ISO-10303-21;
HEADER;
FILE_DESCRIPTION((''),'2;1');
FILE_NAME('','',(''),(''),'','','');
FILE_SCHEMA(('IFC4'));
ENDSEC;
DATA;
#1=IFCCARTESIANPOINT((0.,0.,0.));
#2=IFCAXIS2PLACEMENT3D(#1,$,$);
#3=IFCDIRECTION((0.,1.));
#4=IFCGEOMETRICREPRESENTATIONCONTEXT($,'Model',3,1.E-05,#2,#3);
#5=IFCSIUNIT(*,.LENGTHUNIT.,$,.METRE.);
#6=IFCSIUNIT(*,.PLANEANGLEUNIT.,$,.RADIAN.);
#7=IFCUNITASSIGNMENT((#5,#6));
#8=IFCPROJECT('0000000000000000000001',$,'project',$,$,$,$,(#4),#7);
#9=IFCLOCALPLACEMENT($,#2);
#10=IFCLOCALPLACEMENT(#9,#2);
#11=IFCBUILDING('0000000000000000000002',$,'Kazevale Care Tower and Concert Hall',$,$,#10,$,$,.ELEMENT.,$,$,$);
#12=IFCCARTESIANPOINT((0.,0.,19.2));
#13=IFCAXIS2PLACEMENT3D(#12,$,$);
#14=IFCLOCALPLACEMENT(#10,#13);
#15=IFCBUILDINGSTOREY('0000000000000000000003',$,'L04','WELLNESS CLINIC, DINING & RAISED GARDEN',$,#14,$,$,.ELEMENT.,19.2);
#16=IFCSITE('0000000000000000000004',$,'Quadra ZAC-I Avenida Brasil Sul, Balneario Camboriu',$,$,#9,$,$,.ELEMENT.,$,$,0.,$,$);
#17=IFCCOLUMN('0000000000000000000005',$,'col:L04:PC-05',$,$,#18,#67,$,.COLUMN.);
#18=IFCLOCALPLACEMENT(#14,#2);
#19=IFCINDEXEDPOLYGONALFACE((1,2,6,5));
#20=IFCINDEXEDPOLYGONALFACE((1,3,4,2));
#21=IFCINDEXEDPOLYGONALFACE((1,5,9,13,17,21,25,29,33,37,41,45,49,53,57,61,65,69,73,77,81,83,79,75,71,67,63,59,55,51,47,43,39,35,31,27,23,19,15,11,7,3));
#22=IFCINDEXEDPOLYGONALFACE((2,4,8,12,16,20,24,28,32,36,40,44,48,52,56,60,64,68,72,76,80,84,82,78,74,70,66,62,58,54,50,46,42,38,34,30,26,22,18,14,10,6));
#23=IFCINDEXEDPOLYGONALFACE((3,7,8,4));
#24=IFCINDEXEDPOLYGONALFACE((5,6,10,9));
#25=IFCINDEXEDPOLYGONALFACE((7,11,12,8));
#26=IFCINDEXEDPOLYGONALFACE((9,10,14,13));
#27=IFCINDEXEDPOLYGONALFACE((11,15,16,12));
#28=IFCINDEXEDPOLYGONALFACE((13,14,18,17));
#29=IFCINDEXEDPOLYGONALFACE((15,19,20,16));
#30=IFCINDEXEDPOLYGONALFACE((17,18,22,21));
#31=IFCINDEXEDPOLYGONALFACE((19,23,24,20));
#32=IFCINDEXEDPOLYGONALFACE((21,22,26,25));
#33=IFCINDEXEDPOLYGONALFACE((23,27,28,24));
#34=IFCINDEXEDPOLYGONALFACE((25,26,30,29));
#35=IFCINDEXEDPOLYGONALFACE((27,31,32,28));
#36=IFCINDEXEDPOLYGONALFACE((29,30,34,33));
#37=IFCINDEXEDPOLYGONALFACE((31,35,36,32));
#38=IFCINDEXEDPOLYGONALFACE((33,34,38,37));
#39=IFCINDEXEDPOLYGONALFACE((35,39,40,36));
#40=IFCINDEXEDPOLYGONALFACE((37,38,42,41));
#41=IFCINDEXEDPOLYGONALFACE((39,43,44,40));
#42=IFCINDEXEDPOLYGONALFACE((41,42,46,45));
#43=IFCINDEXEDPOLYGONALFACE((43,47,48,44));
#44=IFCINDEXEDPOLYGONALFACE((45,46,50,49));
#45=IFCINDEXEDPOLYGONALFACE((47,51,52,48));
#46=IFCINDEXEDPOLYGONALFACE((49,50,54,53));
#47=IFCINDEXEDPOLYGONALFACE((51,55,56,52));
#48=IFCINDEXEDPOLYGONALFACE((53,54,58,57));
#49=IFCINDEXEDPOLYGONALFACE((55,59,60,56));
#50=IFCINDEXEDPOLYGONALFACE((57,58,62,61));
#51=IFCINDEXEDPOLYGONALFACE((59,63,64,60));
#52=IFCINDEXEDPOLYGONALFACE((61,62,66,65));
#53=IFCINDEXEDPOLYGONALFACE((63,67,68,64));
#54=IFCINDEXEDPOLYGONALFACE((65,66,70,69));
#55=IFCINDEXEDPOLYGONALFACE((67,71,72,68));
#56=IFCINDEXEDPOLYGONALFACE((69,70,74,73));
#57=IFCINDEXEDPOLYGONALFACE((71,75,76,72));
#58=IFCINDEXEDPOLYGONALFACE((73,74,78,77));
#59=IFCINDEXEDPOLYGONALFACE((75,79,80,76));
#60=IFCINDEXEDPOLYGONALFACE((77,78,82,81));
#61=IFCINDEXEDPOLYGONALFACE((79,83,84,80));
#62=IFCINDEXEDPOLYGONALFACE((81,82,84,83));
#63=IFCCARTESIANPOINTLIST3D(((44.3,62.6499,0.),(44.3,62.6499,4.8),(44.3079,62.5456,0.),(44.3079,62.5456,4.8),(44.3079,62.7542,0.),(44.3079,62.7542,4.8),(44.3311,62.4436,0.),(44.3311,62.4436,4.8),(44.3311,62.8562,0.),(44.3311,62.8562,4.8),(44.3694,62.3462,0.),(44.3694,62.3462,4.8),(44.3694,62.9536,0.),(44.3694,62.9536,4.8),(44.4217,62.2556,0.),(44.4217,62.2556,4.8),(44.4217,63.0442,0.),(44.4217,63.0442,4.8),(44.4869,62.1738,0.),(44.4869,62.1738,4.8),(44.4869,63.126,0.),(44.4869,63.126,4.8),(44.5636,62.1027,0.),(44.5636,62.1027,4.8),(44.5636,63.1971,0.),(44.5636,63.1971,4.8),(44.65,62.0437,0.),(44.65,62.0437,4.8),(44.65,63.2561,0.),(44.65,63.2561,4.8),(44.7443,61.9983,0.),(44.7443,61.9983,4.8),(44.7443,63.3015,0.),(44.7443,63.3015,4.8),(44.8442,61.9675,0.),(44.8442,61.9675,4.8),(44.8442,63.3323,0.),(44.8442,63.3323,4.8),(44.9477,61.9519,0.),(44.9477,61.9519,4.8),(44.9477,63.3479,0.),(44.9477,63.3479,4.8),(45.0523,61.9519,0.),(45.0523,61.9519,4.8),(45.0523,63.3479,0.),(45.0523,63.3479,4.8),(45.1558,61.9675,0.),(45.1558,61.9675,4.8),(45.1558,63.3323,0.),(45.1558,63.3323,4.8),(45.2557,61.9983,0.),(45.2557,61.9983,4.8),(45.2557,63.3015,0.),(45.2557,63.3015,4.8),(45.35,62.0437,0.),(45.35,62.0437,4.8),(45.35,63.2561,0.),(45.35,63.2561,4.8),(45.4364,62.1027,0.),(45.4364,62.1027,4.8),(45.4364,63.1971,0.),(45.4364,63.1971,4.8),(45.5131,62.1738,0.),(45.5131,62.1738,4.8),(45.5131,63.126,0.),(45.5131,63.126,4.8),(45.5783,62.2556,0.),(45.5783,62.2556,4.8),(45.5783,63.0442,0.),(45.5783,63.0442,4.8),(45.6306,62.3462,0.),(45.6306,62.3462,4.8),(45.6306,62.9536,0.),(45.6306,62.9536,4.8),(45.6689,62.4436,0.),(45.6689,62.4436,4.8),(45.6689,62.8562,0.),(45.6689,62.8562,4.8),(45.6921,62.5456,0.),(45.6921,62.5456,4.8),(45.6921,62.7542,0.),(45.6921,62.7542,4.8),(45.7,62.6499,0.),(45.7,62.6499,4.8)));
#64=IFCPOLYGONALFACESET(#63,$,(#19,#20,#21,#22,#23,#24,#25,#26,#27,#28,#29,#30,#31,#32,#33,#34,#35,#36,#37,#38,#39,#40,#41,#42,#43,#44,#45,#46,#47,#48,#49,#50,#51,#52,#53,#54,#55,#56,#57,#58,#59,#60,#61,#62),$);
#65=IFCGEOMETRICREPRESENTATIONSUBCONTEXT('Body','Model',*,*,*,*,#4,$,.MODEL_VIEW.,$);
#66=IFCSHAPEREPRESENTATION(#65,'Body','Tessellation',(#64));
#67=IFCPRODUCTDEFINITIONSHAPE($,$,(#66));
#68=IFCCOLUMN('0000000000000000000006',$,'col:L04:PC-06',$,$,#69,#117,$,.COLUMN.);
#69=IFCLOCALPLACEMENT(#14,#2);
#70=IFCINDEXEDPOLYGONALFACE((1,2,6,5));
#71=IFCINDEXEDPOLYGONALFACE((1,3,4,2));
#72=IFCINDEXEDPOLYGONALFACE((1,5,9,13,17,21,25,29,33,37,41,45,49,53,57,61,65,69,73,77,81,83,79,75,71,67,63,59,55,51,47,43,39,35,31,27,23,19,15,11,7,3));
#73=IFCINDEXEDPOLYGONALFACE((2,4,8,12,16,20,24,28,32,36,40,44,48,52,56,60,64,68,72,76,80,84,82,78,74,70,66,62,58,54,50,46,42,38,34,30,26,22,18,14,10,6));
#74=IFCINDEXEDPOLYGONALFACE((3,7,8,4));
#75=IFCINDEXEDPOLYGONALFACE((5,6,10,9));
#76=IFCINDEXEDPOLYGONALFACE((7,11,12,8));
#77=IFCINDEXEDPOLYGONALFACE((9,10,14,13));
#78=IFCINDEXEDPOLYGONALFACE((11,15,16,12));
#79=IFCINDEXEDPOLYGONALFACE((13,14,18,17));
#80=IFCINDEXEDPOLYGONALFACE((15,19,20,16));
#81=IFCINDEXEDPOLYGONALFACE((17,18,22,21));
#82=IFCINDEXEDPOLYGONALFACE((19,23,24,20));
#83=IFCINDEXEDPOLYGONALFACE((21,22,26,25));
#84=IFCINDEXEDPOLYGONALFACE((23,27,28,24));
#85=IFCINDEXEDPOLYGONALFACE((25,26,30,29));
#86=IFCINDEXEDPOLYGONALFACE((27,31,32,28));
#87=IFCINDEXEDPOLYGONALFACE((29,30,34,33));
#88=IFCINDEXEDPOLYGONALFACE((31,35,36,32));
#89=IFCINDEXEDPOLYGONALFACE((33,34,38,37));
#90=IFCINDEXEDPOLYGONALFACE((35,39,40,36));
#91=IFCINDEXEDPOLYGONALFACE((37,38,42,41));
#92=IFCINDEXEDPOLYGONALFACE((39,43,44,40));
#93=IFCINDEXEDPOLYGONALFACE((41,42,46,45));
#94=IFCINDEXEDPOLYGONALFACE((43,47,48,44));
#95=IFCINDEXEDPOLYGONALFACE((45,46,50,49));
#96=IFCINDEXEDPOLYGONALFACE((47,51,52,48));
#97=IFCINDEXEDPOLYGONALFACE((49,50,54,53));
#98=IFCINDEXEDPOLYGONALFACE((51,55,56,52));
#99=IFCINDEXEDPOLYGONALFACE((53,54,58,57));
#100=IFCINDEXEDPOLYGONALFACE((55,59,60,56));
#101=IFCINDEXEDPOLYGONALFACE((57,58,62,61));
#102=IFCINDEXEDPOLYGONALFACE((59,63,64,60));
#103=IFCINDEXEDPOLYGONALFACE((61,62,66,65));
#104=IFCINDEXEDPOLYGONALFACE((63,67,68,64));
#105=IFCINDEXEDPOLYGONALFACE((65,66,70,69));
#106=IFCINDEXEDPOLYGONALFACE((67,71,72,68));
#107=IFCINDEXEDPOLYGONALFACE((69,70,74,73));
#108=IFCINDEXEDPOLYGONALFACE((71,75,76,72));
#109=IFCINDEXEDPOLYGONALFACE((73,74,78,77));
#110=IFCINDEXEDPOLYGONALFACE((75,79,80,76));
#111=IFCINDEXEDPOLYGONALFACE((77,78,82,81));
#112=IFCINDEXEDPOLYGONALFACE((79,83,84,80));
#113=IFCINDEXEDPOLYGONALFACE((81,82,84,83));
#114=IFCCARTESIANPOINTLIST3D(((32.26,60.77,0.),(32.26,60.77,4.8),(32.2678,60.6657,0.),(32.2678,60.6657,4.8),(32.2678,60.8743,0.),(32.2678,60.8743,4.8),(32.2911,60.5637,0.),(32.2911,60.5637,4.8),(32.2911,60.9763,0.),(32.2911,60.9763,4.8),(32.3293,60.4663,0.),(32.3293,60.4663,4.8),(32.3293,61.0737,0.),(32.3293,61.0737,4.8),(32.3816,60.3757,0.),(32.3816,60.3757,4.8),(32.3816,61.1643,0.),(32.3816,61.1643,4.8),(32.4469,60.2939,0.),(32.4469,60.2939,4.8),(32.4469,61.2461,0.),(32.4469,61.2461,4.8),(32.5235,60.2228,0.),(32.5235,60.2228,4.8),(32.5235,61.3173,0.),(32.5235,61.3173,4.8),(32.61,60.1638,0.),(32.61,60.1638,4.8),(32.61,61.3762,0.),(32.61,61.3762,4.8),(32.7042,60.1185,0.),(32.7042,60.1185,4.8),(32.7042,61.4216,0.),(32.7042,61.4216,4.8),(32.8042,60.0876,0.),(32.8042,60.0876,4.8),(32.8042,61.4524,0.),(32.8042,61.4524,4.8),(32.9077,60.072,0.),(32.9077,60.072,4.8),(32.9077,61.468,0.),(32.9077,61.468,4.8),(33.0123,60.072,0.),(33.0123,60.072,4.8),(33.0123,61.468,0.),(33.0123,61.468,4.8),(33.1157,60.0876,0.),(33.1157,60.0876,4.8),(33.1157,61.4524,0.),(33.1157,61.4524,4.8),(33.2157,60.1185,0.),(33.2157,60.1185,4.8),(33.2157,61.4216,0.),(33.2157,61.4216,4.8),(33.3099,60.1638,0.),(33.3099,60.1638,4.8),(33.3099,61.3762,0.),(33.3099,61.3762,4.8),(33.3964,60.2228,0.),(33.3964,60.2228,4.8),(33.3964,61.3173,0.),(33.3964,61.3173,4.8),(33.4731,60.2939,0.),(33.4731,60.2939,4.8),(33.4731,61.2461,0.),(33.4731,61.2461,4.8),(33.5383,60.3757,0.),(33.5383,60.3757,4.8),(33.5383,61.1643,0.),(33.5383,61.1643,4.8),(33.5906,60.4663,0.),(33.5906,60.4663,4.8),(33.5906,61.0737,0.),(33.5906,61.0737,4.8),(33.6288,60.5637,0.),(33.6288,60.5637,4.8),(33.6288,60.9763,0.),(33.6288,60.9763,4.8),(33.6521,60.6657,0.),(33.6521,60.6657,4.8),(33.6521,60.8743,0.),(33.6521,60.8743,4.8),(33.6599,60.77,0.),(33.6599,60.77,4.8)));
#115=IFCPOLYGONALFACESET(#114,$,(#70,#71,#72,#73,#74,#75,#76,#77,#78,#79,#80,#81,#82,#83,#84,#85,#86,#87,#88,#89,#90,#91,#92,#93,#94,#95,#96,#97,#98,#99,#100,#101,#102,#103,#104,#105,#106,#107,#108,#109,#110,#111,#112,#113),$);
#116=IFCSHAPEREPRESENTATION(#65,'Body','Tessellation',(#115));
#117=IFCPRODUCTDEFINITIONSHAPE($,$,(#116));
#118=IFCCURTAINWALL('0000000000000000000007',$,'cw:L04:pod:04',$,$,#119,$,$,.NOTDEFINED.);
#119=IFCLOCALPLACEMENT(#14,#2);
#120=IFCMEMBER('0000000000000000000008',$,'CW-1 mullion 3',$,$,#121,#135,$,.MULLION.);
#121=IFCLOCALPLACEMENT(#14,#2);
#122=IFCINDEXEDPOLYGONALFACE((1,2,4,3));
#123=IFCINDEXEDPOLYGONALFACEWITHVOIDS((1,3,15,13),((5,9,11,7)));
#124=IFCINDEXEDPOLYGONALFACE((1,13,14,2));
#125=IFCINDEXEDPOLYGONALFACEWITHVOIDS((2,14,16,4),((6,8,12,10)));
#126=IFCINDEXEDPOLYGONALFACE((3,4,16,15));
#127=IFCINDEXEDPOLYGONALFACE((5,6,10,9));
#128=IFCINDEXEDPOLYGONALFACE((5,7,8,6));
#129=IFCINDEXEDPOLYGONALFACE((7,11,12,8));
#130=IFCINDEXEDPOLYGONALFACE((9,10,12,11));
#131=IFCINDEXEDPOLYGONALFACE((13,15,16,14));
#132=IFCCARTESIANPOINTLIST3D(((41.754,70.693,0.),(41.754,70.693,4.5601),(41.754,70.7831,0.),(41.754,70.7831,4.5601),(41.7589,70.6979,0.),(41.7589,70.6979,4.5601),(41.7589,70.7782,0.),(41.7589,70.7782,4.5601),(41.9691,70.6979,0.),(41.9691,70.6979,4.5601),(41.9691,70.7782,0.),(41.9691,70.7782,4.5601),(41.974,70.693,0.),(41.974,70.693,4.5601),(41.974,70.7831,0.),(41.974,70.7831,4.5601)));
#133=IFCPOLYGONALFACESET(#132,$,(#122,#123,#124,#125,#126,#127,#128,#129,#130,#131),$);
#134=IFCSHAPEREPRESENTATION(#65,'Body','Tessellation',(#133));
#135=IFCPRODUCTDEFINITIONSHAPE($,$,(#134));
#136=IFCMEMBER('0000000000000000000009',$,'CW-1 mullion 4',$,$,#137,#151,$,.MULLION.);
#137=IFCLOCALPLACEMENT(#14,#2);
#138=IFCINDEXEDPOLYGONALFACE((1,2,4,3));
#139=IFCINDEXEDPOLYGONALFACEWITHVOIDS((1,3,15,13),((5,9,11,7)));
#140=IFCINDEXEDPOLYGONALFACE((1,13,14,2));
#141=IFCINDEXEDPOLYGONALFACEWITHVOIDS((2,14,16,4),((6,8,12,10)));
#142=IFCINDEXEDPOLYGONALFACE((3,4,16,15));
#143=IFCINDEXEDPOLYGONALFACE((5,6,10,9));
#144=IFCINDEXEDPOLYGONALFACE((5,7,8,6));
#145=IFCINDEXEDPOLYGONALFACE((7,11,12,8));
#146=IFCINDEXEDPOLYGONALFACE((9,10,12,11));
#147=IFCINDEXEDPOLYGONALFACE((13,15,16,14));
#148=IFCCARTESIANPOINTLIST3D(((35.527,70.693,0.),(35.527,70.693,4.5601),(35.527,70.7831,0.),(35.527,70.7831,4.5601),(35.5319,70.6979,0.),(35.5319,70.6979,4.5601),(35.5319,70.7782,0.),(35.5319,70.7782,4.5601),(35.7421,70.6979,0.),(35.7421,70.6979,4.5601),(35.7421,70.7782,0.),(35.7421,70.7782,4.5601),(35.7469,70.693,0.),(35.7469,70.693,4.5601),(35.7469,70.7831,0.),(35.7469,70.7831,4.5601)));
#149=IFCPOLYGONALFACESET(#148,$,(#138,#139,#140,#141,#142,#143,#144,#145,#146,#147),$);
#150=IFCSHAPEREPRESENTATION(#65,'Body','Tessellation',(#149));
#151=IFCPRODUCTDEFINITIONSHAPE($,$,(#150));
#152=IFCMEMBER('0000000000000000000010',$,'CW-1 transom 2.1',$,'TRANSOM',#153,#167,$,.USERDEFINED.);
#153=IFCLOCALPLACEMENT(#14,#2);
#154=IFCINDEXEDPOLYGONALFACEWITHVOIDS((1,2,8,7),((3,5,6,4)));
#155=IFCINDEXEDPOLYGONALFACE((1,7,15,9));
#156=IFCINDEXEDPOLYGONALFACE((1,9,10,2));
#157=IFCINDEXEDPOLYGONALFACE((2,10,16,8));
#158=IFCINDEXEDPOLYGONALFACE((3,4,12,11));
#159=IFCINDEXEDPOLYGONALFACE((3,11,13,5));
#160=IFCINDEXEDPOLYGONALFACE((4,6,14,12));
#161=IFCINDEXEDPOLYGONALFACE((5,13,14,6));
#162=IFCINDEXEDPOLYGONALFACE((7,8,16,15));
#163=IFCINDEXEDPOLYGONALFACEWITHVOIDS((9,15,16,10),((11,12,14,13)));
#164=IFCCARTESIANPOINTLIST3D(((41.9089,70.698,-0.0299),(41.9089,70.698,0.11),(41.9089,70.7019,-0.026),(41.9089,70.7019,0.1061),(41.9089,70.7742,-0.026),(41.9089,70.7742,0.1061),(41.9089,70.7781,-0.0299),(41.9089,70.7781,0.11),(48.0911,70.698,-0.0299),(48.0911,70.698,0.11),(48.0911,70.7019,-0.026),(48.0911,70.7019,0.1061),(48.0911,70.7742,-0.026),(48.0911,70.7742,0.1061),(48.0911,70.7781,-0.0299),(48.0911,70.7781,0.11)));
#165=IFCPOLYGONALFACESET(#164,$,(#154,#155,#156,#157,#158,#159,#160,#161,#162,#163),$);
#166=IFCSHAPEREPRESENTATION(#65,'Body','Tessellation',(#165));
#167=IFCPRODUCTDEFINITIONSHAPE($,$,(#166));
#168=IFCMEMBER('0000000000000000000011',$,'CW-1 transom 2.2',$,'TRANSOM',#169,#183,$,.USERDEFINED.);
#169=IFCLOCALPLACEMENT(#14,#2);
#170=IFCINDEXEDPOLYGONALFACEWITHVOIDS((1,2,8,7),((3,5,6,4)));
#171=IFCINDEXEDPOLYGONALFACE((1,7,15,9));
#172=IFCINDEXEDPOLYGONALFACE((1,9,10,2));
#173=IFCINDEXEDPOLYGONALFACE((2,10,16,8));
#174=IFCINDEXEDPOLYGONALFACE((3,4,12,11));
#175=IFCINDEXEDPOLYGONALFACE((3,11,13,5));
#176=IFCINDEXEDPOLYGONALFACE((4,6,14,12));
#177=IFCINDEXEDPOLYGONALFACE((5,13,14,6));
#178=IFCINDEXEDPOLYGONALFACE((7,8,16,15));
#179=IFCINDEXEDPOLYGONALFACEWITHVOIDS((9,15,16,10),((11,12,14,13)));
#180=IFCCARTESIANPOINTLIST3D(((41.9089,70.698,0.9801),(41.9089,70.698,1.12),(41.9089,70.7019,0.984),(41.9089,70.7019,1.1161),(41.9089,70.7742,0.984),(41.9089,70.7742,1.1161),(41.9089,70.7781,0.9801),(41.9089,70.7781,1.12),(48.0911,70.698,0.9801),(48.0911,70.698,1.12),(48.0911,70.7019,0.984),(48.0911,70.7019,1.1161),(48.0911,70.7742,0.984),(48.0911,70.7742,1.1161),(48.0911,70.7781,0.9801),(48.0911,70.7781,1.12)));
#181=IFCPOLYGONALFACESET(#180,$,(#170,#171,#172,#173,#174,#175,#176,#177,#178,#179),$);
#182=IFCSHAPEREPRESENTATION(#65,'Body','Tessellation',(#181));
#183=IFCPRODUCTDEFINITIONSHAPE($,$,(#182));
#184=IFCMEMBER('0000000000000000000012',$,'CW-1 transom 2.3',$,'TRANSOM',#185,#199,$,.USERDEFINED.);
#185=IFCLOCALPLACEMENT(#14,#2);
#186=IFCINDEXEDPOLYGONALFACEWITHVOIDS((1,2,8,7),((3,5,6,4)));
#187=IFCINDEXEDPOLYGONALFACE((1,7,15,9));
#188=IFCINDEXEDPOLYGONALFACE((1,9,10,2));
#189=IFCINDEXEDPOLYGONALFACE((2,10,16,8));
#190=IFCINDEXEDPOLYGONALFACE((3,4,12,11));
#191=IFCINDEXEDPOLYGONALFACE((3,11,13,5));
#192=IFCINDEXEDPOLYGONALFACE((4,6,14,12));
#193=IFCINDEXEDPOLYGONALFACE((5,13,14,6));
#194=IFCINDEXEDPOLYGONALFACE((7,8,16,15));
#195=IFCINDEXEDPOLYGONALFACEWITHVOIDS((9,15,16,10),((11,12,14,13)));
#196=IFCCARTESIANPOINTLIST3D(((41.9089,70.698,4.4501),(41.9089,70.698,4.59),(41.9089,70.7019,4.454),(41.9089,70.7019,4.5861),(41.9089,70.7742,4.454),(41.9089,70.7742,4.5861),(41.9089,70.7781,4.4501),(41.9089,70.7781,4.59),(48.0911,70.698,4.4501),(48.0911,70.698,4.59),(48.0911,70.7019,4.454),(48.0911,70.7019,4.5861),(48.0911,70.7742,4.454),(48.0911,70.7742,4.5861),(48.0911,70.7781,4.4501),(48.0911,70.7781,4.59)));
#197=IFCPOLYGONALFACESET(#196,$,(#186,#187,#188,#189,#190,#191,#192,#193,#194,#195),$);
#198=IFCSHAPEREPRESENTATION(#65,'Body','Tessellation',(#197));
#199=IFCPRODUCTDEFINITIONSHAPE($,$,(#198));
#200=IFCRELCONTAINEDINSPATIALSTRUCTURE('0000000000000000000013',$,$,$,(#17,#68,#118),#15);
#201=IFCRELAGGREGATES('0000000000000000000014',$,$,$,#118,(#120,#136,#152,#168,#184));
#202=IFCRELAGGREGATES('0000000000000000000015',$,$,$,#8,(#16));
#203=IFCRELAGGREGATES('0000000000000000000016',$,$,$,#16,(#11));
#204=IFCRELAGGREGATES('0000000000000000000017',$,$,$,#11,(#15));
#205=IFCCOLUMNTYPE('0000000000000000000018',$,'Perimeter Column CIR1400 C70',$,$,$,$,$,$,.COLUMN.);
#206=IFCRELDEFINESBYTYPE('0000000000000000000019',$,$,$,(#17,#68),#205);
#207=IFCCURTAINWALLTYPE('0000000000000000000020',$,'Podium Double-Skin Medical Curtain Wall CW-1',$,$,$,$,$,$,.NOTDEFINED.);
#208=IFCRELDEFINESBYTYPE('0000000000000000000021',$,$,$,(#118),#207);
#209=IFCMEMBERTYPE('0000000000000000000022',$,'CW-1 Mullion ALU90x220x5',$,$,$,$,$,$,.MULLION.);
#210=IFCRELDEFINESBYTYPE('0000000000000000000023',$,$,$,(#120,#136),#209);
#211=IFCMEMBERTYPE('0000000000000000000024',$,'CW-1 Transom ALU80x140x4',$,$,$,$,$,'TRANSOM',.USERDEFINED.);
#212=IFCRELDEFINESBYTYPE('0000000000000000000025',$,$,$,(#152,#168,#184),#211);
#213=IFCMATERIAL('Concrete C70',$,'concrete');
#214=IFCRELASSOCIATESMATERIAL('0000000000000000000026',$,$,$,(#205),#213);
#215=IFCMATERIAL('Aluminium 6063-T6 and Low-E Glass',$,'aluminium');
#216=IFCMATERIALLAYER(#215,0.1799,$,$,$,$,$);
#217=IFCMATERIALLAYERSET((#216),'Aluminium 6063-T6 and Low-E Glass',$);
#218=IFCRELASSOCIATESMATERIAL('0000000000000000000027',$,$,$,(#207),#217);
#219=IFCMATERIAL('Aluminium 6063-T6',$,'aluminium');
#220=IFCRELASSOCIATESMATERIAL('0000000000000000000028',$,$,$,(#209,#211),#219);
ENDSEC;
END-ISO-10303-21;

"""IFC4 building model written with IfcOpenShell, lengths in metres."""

from ifc_helpers import new_model, si_unit, direction, frame, origin, origin_2d, place, context, subcontext, project, spatial, hollow_rectangle, circle, extrude, material, layer, layer_set, material_profile, profile_set, type_object, element, aggregate, save


model = new_model("IFC4")

# Units and contexts
model_context = context("Model", 3, precision=1e-05, world=origin(), true_north=direction((0.0, 1.0)))
body_context = subcontext(model_context, "Body", "Model", "MODEL_VIEW")
ifc_project = project(units=[si_unit("LENGTHUNIT", "METRE"), si_unit("PLANEANGLEUNIT", "RADIAN")], contexts=[model_context])

# Site, building, storey
site_placement = place(None, origin())
site = spatial("IfcSite", under=ifc_project, at=site_placement, Name="Quadra ZAC-I Avenida Brasil Sul, Balneario Camboriu", CompositionType="ELEMENT", RefElevation=0.0)
building_placement = place(site_placement, origin())
building = spatial("IfcBuilding", under=site, at=building_placement, Name="Kazevale Care Tower and Concert Hall", CompositionType="ELEMENT")
storey_placement = place(building_placement, frame((0.0, 0.0, 19.2)))
storey = spatial("IfcBuildingStorey", under=building, at=storey_placement, Name="L04", Description="WELLNESS CLINIC, DINING & RAISED GARDEN", CompositionType="ELEMENT", Elevation=19.2)

# Columns
ifc_material_1 = material(Name="Concrete C70", Category="concrete")
ifc_material_profile_1 = material_profile(ifc_material_1, circle(Radius=0.7, at=origin_2d()), Name="RC-CIR1400")
ifc_profile_set_1 = profile_set([ifc_material_profile_1], Name="Concrete C70")
column_type = type_object("IfcColumnType", Name="Perimeter Column CIR1400 C70", PredefinedType="COLUMN", material=ifc_profile_set_1)
for number, where, z_axis, x_axis, name in (
    (1, (45.0, 62.6499, 0.0), (0.0, 0.0, 1.0), (1.0, 0.0, 0.0), "col:L04:PC-05"),
    (2, (32.96, 60.77, 0.0), (0.0, 0.0, 1.0), (1.0, 0.0, 0.0), "col:L04:PC-06"),
):
    element("IfcColumn", number, at=place(storey_placement, frame(where, z_axis=z_axis, x_axis=x_axis)), inside=storey, type_object=column_type, Name=name, PredefinedType="COLUMN", context=body_context, shape_type="SweptSolid", body=[
        extrude(circle(Radius=0.7, at=origin_2d()), origin(), (0.0, 0.0, 1.0), 4.8),
    ])

# Curtain wall, members
ifc_material_2 = material(Name="Aluminium 6063-T6 and Low-E Glass", Category="aluminium")
ifc_layer_1 = layer(ifc_material_2, 0.1799)
ifc_layer_set_1 = layer_set([ifc_layer_1], Name="Aluminium 6063-T6 and Low-E Glass")
curtain_wall_type = type_object("IfcCurtainWallType", Name="Podium Double-Skin Medical Curtain Wall CW-1", PredefinedType="NOTDEFINED", material=ifc_layer_set_1)
curtain_wall_placement = place(storey_placement, origin())
curtain_wall = element("IfcCurtainWall", 3, at=curtain_wall_placement, inside=storey, type_object=curtain_wall_type, Name="cw:L04:pod:04", PredefinedType="NOTDEFINED")
ifc_material_3 = material(Name="Aluminium 6063-T6", Category="aluminium")
ifc_material_profile_2 = material_profile(ifc_material_3, hollow_rectangle(XDim=0.0901, YDim=0.22, WallThickness=0.0049, at=origin_2d()), Name="ALU90x220x5")
ifc_profile_set_2 = profile_set([ifc_material_profile_2], Name="Aluminium 6063-T6")
member_type_1 = type_object("IfcMemberType", Name="CW-1 Mullion ALU90x220x5", PredefinedType="MULLION", material=ifc_profile_set_2)
member_1_placement = place(storey_placement, frame((41.864, 70.738, 0.0), z_axis=(0.0, 0.0, 1.0), x_axis=(0.0, -1.0, 0.0)))
member_1 = element("IfcMember", 4, at=member_1_placement, type_object=member_type_1, Name="CW-1 mullion 3", PredefinedType="MULLION", context=body_context, shape_type="SweptSolid", body=[
    extrude(hollow_rectangle(XDim=0.0901, YDim=0.22, WallThickness=0.0049, at=origin_2d()), origin(), (0.0, 0.0, 1.0), 4.5601),
])
member_2_placement = place(storey_placement, frame((35.637, 70.738, 0.0), z_axis=(0.0, 0.0, 1.0), x_axis=(0.0, -1.0, 0.0)))
member_2 = element("IfcMember", 5, at=member_2_placement, type_object=member_type_1, Name="CW-1 mullion 4", PredefinedType="MULLION", context=body_context, shape_type="SweptSolid", body=[
    extrude(hollow_rectangle(XDim=0.0901, YDim=0.22, WallThickness=0.0049, at=origin_2d()), origin(), (0.0, 0.0, 1.0), 4.5601),
])
ifc_material_profile_3 = material_profile(ifc_material_3, hollow_rectangle(XDim=0.0801, YDim=0.1399, WallThickness=0.0039, at=origin_2d()), Name="ALU80x140x4")
ifc_profile_set_3 = profile_set([ifc_material_profile_3], Name="Aluminium 6063-T6")
member_type_2 = type_object("IfcMemberType", Name="CW-1 Transom ALU80x140x4", ElementType="TRANSOM", PredefinedType="USERDEFINED", material=ifc_profile_set_3)
member_3_placement = place(storey_placement, frame((48.0911, 70.738, 0.04), z_axis=(-1.0, 0.0, 0.0), x_axis=(0.0, -1.0, 0.0)))
member_3 = element("IfcMember", 6, at=member_3_placement, type_object=member_type_2, Name="CW-1 transom 2.1", ObjectType="TRANSOM", PredefinedType="USERDEFINED", context=body_context, shape_type="SweptSolid", body=[
    extrude(hollow_rectangle(XDim=0.0801, YDim=0.1399, WallThickness=0.0039, at=origin_2d()), origin(), (0.0, 0.0, 1.0), 6.1821),
])
member_4_placement = place(storey_placement, frame((48.0911, 70.738, 1.05), z_axis=(-1.0, 0.0, 0.0), x_axis=(0.0, -1.0, 0.0)))
member_4 = element("IfcMember", 7, at=member_4_placement, type_object=member_type_2, Name="CW-1 transom 2.2", ObjectType="TRANSOM", PredefinedType="USERDEFINED", context=body_context, shape_type="SweptSolid", body=[
    extrude(hollow_rectangle(XDim=0.0801, YDim=0.1399, WallThickness=0.0039, at=origin_2d()), origin(), (0.0, 0.0, 1.0), 6.1821),
])
member_5_placement = place(storey_placement, frame((48.0911, 70.738, 4.52), z_axis=(-1.0, 0.0, 0.0), x_axis=(0.0, -1.0, 0.0)))
member_5 = element("IfcMember", 8, at=member_5_placement, type_object=member_type_2, Name="CW-1 transom 2.3", ObjectType="TRANSOM", PredefinedType="USERDEFINED", context=body_context, shape_type="SweptSolid", body=[
    extrude(hollow_rectangle(XDim=0.0801, YDim=0.1399, WallThickness=0.0039, at=origin_2d()), origin(), (0.0, 0.0, 1.0), 6.1821),
])

aggregate(curtain_wall, [member_1, member_2, member_3, member_4, member_5])

save(model, "model.ifc")
